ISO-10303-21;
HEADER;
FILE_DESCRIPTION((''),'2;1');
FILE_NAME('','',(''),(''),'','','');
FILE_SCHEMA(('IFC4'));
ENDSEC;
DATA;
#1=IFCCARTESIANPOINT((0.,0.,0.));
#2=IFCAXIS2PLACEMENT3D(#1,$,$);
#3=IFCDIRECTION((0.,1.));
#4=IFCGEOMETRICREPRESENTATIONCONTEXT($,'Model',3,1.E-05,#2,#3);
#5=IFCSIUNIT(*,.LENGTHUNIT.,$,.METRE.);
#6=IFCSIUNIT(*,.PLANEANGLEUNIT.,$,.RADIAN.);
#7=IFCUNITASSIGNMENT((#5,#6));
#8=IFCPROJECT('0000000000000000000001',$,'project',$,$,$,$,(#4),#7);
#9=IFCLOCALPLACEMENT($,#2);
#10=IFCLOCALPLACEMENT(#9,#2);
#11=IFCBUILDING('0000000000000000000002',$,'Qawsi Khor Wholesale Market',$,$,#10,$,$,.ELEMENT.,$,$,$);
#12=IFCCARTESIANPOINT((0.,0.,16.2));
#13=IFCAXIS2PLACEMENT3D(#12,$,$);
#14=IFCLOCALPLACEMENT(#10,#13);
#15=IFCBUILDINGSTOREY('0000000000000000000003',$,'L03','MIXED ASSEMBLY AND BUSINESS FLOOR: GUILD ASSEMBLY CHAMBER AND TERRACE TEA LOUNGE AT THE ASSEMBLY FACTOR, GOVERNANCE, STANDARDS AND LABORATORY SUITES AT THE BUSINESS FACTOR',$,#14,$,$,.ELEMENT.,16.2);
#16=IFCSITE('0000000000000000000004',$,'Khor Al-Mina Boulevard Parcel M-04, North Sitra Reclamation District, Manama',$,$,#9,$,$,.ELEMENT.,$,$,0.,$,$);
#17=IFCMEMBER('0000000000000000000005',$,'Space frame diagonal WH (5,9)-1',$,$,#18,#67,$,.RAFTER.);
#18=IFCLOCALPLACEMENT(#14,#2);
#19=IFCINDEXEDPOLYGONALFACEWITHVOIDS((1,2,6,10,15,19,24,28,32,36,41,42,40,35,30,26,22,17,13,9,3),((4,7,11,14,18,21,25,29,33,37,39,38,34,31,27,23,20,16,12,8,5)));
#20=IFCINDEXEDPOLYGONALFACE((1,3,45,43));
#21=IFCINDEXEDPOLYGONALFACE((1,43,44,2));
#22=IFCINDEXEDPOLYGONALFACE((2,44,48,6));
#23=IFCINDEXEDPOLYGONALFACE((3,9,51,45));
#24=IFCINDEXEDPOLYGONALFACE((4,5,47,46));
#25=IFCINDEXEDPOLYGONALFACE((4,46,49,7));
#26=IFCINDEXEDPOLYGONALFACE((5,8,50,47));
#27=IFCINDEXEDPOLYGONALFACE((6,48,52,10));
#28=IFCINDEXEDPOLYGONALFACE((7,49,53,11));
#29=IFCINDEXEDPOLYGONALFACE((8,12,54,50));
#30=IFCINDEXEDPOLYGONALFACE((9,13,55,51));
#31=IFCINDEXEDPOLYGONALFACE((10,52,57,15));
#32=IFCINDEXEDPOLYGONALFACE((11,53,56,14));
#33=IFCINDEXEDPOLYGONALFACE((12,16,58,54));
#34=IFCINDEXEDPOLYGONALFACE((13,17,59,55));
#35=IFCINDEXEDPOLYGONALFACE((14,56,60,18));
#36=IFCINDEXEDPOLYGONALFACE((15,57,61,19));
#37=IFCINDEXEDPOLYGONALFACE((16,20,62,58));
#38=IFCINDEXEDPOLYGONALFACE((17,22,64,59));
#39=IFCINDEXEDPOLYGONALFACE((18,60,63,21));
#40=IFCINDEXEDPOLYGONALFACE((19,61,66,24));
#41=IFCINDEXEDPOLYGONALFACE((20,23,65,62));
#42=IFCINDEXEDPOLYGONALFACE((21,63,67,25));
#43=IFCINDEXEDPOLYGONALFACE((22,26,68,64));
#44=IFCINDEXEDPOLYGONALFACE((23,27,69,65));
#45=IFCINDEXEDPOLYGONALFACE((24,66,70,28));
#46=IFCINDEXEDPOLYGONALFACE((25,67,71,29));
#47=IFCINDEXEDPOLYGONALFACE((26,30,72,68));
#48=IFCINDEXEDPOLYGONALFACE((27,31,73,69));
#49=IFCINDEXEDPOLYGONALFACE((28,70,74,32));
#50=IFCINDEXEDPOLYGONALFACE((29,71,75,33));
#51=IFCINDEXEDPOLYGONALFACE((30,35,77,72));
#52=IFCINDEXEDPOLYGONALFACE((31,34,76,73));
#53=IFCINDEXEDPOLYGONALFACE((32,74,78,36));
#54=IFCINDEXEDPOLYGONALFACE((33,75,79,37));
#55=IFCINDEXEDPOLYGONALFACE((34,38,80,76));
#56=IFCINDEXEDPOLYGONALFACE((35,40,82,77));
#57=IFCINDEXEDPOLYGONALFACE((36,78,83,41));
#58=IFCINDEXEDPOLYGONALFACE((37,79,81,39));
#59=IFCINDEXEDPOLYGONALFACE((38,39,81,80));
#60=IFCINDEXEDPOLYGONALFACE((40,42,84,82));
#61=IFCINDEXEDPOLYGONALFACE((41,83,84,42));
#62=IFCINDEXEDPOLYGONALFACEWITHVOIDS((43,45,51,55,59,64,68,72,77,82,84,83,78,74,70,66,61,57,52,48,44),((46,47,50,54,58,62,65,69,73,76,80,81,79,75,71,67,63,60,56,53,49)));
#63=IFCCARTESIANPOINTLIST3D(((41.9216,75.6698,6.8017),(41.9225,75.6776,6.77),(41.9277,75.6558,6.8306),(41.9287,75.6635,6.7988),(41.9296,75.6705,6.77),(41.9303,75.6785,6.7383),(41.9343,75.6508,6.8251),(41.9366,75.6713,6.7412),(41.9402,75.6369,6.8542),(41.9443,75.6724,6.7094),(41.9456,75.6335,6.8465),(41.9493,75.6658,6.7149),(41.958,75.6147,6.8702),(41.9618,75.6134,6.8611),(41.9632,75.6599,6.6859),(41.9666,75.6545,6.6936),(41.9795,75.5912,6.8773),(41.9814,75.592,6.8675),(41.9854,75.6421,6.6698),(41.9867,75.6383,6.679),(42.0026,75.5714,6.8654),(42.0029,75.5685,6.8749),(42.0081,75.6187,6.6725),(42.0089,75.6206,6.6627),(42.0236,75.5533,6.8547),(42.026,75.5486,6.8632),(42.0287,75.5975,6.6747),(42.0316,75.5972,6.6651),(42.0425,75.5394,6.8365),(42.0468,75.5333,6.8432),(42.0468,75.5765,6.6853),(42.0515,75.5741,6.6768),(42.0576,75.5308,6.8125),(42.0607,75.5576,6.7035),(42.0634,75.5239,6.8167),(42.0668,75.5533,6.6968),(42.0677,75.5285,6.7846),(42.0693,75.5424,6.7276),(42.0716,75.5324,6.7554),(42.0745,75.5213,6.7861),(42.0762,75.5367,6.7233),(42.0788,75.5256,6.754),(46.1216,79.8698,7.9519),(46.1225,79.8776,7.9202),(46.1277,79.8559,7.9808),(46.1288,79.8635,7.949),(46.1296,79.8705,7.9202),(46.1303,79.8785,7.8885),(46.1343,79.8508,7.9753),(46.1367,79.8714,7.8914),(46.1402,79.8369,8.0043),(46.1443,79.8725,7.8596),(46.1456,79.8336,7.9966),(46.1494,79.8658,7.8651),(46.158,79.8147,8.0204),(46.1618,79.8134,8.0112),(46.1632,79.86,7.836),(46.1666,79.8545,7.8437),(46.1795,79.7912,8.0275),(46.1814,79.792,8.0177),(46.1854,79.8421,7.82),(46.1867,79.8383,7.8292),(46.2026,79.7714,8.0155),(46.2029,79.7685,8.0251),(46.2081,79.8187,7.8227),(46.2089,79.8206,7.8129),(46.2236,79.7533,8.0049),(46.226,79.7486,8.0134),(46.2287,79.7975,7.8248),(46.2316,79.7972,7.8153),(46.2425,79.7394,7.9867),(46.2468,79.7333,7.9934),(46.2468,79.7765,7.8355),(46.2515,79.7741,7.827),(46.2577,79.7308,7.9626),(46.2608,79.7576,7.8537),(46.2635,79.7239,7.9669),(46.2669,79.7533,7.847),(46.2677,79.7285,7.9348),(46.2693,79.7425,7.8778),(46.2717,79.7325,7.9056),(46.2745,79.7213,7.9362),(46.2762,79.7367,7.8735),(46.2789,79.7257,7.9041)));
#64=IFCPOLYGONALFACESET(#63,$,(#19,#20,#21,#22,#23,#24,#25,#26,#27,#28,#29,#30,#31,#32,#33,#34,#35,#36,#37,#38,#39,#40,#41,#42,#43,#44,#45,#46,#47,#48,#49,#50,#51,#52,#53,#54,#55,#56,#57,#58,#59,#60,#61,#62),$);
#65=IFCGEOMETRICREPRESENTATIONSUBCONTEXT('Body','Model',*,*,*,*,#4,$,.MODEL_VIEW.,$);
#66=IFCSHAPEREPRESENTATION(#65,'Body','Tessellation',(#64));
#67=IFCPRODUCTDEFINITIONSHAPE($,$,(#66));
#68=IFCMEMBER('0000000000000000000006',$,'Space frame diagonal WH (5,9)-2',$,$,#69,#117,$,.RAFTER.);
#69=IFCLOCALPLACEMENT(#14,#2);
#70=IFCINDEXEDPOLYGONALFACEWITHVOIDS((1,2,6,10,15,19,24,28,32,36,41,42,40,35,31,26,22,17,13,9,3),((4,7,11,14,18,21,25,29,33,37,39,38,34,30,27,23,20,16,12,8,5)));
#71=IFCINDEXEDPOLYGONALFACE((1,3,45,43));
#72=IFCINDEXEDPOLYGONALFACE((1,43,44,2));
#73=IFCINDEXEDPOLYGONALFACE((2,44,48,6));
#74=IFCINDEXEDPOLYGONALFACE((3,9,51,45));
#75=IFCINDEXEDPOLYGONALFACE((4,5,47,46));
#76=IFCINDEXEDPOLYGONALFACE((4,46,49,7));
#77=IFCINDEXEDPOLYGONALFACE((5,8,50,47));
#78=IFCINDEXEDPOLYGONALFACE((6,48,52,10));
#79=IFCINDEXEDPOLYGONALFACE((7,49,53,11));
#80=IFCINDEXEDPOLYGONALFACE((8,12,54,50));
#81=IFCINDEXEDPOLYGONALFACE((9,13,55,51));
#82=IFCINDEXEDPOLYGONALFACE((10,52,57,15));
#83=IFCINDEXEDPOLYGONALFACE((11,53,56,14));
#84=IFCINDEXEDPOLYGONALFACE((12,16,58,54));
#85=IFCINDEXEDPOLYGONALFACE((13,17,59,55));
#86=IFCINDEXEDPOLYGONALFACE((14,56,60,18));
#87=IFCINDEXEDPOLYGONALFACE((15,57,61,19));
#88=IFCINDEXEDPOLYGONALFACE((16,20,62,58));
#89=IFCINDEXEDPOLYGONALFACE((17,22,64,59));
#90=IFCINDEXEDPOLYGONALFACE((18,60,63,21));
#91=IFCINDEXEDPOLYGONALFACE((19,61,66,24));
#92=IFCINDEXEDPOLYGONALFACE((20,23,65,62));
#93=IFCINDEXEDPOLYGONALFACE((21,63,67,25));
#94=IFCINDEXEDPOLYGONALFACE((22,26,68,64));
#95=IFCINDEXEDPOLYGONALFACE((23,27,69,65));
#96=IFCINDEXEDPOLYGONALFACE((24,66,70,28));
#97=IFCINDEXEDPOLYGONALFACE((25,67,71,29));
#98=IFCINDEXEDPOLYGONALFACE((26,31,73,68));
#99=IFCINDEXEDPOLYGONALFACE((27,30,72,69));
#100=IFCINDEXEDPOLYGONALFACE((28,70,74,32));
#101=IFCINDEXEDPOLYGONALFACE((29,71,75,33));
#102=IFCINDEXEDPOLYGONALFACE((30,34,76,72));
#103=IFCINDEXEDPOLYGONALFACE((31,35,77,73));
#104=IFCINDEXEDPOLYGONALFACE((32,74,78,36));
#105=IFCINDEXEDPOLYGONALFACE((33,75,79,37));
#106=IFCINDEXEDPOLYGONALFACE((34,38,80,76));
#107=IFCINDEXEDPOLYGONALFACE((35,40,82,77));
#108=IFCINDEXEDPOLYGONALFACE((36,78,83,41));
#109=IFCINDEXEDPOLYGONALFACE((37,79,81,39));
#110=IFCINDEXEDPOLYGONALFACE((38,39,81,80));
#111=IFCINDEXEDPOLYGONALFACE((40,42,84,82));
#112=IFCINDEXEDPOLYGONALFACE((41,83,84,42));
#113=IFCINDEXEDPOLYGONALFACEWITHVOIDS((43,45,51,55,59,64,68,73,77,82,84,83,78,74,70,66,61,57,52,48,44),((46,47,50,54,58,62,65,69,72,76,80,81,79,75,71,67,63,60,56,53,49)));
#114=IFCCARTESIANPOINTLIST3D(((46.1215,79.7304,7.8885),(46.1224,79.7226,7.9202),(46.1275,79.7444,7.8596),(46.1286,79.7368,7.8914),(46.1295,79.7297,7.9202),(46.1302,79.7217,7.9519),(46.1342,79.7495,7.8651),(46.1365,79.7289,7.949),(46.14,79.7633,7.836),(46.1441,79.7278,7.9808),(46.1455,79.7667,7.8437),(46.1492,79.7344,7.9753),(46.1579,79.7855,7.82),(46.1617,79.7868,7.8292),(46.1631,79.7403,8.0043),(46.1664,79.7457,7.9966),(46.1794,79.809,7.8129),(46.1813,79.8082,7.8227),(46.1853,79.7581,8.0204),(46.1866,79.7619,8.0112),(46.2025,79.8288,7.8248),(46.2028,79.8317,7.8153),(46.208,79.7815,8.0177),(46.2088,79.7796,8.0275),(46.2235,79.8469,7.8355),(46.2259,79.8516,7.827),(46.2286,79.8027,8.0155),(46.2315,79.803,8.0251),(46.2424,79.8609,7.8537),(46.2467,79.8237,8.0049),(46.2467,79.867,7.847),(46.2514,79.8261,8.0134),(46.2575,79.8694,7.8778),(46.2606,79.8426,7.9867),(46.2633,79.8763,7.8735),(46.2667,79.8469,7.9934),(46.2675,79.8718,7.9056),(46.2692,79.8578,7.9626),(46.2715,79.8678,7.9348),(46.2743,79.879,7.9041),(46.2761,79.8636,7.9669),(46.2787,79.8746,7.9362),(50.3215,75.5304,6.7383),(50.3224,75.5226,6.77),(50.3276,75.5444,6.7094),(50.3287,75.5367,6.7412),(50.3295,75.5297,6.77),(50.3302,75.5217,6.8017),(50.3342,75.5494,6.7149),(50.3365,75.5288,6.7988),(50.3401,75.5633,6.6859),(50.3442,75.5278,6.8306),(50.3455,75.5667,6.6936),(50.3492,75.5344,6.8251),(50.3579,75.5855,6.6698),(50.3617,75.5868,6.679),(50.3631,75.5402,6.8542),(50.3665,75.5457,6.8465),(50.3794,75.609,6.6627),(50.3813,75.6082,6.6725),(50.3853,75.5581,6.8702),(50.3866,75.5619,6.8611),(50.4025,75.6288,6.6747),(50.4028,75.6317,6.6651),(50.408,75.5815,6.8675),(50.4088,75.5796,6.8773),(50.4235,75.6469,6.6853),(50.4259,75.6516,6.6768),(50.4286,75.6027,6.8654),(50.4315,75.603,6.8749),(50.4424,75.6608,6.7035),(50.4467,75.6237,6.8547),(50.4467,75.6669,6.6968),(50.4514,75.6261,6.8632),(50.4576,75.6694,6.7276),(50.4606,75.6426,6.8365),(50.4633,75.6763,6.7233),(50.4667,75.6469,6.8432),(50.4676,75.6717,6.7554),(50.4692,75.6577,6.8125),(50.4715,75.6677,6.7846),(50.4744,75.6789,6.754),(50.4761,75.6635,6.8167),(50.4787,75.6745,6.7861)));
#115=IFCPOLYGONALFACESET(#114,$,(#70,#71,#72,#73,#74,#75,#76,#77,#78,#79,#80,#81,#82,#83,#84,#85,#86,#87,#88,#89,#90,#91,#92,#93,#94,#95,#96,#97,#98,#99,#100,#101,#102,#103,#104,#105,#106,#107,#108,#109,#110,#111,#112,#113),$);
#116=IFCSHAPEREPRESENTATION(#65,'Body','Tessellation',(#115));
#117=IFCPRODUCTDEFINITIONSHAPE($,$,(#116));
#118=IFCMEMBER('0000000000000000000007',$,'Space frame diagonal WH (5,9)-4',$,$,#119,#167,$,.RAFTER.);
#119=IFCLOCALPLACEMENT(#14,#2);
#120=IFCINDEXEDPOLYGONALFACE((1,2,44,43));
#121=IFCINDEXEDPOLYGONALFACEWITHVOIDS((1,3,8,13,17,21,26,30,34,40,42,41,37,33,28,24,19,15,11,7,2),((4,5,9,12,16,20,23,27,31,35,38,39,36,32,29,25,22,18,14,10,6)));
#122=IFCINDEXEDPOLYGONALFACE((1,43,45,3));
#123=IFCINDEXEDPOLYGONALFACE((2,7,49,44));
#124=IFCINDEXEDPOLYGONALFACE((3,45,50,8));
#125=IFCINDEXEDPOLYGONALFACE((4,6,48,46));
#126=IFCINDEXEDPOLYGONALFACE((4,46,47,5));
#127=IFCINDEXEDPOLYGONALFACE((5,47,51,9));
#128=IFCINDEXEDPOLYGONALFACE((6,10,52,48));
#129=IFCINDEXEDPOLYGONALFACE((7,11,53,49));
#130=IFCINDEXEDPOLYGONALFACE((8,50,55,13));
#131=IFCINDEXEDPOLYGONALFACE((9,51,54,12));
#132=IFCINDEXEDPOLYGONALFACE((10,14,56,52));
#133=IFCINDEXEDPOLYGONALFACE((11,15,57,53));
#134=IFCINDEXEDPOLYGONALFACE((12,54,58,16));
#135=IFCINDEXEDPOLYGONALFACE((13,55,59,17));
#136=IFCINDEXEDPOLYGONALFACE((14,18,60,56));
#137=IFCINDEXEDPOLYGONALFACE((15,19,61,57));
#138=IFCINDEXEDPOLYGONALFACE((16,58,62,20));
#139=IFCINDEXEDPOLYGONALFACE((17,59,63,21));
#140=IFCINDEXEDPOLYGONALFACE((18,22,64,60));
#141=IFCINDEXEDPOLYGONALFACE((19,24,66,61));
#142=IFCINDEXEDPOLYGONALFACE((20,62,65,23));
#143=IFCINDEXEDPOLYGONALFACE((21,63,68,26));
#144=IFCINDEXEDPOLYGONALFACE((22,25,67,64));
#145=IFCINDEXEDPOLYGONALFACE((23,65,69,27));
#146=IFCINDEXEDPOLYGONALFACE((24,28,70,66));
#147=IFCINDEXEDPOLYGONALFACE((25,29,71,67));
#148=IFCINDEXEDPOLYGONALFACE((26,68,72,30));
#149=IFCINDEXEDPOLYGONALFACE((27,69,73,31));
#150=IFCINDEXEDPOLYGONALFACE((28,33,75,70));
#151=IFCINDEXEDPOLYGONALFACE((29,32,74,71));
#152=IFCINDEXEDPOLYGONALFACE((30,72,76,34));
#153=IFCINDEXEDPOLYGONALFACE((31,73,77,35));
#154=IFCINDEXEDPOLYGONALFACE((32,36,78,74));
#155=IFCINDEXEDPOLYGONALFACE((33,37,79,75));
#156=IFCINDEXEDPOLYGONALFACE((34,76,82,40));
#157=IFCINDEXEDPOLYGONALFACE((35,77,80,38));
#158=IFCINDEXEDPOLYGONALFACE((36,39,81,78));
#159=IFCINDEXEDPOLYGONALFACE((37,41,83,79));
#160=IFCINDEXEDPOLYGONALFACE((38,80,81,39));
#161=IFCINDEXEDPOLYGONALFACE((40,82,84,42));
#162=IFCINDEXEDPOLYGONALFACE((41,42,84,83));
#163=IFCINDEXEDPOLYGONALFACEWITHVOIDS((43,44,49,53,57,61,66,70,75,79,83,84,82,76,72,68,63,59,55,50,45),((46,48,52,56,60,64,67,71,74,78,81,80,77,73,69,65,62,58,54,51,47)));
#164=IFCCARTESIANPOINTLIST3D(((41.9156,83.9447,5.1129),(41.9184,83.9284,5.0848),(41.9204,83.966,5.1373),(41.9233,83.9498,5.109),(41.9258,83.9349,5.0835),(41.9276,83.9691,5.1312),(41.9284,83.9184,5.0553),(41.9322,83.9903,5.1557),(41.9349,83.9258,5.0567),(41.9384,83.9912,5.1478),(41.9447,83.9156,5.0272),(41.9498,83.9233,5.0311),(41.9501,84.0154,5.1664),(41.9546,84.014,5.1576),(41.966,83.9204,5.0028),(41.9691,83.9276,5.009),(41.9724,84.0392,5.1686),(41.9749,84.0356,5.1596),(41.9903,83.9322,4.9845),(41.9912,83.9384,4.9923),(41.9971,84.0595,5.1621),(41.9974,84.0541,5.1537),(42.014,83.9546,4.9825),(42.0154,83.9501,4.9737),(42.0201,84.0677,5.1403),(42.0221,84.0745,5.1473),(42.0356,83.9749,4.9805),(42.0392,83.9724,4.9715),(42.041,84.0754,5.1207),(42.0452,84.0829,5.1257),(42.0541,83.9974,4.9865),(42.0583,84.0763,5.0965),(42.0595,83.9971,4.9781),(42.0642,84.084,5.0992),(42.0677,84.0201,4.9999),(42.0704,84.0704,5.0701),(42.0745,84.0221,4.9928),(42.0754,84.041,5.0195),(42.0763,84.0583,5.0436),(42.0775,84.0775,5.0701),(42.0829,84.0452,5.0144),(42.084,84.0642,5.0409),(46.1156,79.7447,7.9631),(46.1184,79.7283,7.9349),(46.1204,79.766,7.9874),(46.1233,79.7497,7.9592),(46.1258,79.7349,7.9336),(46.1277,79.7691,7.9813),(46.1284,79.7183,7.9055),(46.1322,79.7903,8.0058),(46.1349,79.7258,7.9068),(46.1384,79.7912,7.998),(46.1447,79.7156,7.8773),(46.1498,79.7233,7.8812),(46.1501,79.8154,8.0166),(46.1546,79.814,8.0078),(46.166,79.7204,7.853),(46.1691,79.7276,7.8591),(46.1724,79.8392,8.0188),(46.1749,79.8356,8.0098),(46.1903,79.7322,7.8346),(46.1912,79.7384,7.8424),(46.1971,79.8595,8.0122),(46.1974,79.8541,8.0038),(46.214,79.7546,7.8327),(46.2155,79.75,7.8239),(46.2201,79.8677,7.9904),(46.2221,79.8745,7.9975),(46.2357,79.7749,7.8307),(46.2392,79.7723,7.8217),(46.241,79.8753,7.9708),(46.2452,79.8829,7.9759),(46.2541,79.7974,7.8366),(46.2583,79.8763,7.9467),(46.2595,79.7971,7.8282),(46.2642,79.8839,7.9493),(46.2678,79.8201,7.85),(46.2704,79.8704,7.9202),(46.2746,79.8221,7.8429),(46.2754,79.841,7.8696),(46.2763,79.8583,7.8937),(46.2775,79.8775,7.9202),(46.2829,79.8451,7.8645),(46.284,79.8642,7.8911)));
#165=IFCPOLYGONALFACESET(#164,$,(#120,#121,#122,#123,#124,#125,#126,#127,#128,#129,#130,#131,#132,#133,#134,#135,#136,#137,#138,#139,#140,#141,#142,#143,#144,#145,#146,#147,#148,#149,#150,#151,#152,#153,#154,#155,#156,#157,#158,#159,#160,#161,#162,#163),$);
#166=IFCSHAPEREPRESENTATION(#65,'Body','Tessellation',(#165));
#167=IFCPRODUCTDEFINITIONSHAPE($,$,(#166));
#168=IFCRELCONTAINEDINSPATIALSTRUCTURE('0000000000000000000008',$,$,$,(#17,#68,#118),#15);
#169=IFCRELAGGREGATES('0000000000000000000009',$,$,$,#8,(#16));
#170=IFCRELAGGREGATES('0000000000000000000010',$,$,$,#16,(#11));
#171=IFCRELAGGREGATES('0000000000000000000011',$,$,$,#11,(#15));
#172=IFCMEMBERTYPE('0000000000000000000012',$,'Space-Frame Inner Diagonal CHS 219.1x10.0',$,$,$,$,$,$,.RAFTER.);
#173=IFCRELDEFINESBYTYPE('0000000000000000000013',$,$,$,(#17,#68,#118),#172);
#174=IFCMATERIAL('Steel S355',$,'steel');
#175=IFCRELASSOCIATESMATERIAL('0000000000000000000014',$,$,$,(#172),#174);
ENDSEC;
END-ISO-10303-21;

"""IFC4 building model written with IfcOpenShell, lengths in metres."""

from ifc_helpers import new_model, si_unit, direction, frame, origin, origin_2d, place, context, subcontext, project, spatial, hollow_circle, extrude, material, material_profile, profile_set, type_object, element, save


model = new_model("IFC4")

# Units and contexts
model_context = context("Model", 3, precision=1e-05, world=origin(), true_north=direction((0.0, 1.0)))
body_context = subcontext(model_context, "Body", "Model", "MODEL_VIEW")
ifc_project = project(units=[si_unit("LENGTHUNIT", "METRE"), si_unit("PLANEANGLEUNIT", "RADIAN")], contexts=[model_context])

# Site, building, storey
site_placement = place(None, origin())
site = spatial("IfcSite", under=ifc_project, at=site_placement, Name="Khor Al-Mina Boulevard Parcel M-04, North Sitra Reclamation District, Manama", CompositionType="ELEMENT", RefElevation=0.0)
building_placement = place(site_placement, origin())
building = spatial("IfcBuilding", under=site, at=building_placement, Name="Qawsi Khor Wholesale Market", CompositionType="ELEMENT")
storey_placement = place(building_placement, frame((0.0, 0.0, 16.2)))
storey = spatial("IfcBuildingStorey", under=building, at=storey_placement, Name="L03", Description="MIXED ASSEMBLY AND BUSINESS FLOOR: GUILD ASSEMBLY CHAMBER AND TERRACE TEA LOUNGE AT THE ASSEMBLY FACTOR, GOVERNANCE, STANDARDS AND LABORATORY SUITES AT THE BUSINESS FACTOR", CompositionType="ELEMENT", Elevation=16.2)

# Members
ifc_material_1 = material(Name="Steel S355", Category="steel")
ifc_material_profile_1 = material_profile(ifc_material_1, hollow_circle(Radius=0.1096, WallThickness=0.01, at=origin_2d()), Name="CHS 219.1x10.0")
ifc_profile_set_1 = profile_set([ifc_material_profile_1], Name="Steel S355")
member_type_1 = type_object("IfcMemberType", Name="Space-Frame Inner Diagonal CHS 219.1x10.0", PredefinedType="RAFTER", material=ifc_profile_set_1)
for number, where, z_axis, x_axis, name in (
    (1, (42.0, 75.6001, 6.77), (0.694211, 0.694211, 0.190108), (-0.707107, 0.707107, 0.0), "Space frame diagonal WH (5,9)-1"),
    (2, (50.3999, 75.6001, 6.77), (-0.694211, 0.694211, 0.190108), (-0.707107, -0.707107, 0.0), "Space frame diagonal WH (5,9)-2"),
):
    element("IfcMember", number, at=place(storey_placement, frame(where, z_axis=z_axis, x_axis=x_axis)), inside=storey, type_object=member_type_1, Name=name, PredefinedType="RAFTER", context=body_context, shape_type="SweptSolid", body=[
        extrude(hollow_circle(Radius=0.1096, WallThickness=0.01, at=origin_2d()), origin(), (0.0, 0.0, 1.0), 6.05),
    ])
member_1_placement = place(storey_placement, frame((42.0, 84.0, 5.0701), z_axis=(0.637512, -0.637512, 0.432617), x_axis=(0.707107, 0.707107, 0.0)))
element("IfcMember", 3, at=member_1_placement, inside=storey, type_object=member_type_1, Name="Space frame diagonal WH (5,9)-4", PredefinedType="RAFTER", context=body_context, shape_type="SweptSolid", body=[
    extrude(hollow_circle(Radius=0.1096, WallThickness=0.01, at=origin_2d()), origin(), (0.0, 0.0, 1.0), 6.5881),
])

save(model, "model.ifc")
